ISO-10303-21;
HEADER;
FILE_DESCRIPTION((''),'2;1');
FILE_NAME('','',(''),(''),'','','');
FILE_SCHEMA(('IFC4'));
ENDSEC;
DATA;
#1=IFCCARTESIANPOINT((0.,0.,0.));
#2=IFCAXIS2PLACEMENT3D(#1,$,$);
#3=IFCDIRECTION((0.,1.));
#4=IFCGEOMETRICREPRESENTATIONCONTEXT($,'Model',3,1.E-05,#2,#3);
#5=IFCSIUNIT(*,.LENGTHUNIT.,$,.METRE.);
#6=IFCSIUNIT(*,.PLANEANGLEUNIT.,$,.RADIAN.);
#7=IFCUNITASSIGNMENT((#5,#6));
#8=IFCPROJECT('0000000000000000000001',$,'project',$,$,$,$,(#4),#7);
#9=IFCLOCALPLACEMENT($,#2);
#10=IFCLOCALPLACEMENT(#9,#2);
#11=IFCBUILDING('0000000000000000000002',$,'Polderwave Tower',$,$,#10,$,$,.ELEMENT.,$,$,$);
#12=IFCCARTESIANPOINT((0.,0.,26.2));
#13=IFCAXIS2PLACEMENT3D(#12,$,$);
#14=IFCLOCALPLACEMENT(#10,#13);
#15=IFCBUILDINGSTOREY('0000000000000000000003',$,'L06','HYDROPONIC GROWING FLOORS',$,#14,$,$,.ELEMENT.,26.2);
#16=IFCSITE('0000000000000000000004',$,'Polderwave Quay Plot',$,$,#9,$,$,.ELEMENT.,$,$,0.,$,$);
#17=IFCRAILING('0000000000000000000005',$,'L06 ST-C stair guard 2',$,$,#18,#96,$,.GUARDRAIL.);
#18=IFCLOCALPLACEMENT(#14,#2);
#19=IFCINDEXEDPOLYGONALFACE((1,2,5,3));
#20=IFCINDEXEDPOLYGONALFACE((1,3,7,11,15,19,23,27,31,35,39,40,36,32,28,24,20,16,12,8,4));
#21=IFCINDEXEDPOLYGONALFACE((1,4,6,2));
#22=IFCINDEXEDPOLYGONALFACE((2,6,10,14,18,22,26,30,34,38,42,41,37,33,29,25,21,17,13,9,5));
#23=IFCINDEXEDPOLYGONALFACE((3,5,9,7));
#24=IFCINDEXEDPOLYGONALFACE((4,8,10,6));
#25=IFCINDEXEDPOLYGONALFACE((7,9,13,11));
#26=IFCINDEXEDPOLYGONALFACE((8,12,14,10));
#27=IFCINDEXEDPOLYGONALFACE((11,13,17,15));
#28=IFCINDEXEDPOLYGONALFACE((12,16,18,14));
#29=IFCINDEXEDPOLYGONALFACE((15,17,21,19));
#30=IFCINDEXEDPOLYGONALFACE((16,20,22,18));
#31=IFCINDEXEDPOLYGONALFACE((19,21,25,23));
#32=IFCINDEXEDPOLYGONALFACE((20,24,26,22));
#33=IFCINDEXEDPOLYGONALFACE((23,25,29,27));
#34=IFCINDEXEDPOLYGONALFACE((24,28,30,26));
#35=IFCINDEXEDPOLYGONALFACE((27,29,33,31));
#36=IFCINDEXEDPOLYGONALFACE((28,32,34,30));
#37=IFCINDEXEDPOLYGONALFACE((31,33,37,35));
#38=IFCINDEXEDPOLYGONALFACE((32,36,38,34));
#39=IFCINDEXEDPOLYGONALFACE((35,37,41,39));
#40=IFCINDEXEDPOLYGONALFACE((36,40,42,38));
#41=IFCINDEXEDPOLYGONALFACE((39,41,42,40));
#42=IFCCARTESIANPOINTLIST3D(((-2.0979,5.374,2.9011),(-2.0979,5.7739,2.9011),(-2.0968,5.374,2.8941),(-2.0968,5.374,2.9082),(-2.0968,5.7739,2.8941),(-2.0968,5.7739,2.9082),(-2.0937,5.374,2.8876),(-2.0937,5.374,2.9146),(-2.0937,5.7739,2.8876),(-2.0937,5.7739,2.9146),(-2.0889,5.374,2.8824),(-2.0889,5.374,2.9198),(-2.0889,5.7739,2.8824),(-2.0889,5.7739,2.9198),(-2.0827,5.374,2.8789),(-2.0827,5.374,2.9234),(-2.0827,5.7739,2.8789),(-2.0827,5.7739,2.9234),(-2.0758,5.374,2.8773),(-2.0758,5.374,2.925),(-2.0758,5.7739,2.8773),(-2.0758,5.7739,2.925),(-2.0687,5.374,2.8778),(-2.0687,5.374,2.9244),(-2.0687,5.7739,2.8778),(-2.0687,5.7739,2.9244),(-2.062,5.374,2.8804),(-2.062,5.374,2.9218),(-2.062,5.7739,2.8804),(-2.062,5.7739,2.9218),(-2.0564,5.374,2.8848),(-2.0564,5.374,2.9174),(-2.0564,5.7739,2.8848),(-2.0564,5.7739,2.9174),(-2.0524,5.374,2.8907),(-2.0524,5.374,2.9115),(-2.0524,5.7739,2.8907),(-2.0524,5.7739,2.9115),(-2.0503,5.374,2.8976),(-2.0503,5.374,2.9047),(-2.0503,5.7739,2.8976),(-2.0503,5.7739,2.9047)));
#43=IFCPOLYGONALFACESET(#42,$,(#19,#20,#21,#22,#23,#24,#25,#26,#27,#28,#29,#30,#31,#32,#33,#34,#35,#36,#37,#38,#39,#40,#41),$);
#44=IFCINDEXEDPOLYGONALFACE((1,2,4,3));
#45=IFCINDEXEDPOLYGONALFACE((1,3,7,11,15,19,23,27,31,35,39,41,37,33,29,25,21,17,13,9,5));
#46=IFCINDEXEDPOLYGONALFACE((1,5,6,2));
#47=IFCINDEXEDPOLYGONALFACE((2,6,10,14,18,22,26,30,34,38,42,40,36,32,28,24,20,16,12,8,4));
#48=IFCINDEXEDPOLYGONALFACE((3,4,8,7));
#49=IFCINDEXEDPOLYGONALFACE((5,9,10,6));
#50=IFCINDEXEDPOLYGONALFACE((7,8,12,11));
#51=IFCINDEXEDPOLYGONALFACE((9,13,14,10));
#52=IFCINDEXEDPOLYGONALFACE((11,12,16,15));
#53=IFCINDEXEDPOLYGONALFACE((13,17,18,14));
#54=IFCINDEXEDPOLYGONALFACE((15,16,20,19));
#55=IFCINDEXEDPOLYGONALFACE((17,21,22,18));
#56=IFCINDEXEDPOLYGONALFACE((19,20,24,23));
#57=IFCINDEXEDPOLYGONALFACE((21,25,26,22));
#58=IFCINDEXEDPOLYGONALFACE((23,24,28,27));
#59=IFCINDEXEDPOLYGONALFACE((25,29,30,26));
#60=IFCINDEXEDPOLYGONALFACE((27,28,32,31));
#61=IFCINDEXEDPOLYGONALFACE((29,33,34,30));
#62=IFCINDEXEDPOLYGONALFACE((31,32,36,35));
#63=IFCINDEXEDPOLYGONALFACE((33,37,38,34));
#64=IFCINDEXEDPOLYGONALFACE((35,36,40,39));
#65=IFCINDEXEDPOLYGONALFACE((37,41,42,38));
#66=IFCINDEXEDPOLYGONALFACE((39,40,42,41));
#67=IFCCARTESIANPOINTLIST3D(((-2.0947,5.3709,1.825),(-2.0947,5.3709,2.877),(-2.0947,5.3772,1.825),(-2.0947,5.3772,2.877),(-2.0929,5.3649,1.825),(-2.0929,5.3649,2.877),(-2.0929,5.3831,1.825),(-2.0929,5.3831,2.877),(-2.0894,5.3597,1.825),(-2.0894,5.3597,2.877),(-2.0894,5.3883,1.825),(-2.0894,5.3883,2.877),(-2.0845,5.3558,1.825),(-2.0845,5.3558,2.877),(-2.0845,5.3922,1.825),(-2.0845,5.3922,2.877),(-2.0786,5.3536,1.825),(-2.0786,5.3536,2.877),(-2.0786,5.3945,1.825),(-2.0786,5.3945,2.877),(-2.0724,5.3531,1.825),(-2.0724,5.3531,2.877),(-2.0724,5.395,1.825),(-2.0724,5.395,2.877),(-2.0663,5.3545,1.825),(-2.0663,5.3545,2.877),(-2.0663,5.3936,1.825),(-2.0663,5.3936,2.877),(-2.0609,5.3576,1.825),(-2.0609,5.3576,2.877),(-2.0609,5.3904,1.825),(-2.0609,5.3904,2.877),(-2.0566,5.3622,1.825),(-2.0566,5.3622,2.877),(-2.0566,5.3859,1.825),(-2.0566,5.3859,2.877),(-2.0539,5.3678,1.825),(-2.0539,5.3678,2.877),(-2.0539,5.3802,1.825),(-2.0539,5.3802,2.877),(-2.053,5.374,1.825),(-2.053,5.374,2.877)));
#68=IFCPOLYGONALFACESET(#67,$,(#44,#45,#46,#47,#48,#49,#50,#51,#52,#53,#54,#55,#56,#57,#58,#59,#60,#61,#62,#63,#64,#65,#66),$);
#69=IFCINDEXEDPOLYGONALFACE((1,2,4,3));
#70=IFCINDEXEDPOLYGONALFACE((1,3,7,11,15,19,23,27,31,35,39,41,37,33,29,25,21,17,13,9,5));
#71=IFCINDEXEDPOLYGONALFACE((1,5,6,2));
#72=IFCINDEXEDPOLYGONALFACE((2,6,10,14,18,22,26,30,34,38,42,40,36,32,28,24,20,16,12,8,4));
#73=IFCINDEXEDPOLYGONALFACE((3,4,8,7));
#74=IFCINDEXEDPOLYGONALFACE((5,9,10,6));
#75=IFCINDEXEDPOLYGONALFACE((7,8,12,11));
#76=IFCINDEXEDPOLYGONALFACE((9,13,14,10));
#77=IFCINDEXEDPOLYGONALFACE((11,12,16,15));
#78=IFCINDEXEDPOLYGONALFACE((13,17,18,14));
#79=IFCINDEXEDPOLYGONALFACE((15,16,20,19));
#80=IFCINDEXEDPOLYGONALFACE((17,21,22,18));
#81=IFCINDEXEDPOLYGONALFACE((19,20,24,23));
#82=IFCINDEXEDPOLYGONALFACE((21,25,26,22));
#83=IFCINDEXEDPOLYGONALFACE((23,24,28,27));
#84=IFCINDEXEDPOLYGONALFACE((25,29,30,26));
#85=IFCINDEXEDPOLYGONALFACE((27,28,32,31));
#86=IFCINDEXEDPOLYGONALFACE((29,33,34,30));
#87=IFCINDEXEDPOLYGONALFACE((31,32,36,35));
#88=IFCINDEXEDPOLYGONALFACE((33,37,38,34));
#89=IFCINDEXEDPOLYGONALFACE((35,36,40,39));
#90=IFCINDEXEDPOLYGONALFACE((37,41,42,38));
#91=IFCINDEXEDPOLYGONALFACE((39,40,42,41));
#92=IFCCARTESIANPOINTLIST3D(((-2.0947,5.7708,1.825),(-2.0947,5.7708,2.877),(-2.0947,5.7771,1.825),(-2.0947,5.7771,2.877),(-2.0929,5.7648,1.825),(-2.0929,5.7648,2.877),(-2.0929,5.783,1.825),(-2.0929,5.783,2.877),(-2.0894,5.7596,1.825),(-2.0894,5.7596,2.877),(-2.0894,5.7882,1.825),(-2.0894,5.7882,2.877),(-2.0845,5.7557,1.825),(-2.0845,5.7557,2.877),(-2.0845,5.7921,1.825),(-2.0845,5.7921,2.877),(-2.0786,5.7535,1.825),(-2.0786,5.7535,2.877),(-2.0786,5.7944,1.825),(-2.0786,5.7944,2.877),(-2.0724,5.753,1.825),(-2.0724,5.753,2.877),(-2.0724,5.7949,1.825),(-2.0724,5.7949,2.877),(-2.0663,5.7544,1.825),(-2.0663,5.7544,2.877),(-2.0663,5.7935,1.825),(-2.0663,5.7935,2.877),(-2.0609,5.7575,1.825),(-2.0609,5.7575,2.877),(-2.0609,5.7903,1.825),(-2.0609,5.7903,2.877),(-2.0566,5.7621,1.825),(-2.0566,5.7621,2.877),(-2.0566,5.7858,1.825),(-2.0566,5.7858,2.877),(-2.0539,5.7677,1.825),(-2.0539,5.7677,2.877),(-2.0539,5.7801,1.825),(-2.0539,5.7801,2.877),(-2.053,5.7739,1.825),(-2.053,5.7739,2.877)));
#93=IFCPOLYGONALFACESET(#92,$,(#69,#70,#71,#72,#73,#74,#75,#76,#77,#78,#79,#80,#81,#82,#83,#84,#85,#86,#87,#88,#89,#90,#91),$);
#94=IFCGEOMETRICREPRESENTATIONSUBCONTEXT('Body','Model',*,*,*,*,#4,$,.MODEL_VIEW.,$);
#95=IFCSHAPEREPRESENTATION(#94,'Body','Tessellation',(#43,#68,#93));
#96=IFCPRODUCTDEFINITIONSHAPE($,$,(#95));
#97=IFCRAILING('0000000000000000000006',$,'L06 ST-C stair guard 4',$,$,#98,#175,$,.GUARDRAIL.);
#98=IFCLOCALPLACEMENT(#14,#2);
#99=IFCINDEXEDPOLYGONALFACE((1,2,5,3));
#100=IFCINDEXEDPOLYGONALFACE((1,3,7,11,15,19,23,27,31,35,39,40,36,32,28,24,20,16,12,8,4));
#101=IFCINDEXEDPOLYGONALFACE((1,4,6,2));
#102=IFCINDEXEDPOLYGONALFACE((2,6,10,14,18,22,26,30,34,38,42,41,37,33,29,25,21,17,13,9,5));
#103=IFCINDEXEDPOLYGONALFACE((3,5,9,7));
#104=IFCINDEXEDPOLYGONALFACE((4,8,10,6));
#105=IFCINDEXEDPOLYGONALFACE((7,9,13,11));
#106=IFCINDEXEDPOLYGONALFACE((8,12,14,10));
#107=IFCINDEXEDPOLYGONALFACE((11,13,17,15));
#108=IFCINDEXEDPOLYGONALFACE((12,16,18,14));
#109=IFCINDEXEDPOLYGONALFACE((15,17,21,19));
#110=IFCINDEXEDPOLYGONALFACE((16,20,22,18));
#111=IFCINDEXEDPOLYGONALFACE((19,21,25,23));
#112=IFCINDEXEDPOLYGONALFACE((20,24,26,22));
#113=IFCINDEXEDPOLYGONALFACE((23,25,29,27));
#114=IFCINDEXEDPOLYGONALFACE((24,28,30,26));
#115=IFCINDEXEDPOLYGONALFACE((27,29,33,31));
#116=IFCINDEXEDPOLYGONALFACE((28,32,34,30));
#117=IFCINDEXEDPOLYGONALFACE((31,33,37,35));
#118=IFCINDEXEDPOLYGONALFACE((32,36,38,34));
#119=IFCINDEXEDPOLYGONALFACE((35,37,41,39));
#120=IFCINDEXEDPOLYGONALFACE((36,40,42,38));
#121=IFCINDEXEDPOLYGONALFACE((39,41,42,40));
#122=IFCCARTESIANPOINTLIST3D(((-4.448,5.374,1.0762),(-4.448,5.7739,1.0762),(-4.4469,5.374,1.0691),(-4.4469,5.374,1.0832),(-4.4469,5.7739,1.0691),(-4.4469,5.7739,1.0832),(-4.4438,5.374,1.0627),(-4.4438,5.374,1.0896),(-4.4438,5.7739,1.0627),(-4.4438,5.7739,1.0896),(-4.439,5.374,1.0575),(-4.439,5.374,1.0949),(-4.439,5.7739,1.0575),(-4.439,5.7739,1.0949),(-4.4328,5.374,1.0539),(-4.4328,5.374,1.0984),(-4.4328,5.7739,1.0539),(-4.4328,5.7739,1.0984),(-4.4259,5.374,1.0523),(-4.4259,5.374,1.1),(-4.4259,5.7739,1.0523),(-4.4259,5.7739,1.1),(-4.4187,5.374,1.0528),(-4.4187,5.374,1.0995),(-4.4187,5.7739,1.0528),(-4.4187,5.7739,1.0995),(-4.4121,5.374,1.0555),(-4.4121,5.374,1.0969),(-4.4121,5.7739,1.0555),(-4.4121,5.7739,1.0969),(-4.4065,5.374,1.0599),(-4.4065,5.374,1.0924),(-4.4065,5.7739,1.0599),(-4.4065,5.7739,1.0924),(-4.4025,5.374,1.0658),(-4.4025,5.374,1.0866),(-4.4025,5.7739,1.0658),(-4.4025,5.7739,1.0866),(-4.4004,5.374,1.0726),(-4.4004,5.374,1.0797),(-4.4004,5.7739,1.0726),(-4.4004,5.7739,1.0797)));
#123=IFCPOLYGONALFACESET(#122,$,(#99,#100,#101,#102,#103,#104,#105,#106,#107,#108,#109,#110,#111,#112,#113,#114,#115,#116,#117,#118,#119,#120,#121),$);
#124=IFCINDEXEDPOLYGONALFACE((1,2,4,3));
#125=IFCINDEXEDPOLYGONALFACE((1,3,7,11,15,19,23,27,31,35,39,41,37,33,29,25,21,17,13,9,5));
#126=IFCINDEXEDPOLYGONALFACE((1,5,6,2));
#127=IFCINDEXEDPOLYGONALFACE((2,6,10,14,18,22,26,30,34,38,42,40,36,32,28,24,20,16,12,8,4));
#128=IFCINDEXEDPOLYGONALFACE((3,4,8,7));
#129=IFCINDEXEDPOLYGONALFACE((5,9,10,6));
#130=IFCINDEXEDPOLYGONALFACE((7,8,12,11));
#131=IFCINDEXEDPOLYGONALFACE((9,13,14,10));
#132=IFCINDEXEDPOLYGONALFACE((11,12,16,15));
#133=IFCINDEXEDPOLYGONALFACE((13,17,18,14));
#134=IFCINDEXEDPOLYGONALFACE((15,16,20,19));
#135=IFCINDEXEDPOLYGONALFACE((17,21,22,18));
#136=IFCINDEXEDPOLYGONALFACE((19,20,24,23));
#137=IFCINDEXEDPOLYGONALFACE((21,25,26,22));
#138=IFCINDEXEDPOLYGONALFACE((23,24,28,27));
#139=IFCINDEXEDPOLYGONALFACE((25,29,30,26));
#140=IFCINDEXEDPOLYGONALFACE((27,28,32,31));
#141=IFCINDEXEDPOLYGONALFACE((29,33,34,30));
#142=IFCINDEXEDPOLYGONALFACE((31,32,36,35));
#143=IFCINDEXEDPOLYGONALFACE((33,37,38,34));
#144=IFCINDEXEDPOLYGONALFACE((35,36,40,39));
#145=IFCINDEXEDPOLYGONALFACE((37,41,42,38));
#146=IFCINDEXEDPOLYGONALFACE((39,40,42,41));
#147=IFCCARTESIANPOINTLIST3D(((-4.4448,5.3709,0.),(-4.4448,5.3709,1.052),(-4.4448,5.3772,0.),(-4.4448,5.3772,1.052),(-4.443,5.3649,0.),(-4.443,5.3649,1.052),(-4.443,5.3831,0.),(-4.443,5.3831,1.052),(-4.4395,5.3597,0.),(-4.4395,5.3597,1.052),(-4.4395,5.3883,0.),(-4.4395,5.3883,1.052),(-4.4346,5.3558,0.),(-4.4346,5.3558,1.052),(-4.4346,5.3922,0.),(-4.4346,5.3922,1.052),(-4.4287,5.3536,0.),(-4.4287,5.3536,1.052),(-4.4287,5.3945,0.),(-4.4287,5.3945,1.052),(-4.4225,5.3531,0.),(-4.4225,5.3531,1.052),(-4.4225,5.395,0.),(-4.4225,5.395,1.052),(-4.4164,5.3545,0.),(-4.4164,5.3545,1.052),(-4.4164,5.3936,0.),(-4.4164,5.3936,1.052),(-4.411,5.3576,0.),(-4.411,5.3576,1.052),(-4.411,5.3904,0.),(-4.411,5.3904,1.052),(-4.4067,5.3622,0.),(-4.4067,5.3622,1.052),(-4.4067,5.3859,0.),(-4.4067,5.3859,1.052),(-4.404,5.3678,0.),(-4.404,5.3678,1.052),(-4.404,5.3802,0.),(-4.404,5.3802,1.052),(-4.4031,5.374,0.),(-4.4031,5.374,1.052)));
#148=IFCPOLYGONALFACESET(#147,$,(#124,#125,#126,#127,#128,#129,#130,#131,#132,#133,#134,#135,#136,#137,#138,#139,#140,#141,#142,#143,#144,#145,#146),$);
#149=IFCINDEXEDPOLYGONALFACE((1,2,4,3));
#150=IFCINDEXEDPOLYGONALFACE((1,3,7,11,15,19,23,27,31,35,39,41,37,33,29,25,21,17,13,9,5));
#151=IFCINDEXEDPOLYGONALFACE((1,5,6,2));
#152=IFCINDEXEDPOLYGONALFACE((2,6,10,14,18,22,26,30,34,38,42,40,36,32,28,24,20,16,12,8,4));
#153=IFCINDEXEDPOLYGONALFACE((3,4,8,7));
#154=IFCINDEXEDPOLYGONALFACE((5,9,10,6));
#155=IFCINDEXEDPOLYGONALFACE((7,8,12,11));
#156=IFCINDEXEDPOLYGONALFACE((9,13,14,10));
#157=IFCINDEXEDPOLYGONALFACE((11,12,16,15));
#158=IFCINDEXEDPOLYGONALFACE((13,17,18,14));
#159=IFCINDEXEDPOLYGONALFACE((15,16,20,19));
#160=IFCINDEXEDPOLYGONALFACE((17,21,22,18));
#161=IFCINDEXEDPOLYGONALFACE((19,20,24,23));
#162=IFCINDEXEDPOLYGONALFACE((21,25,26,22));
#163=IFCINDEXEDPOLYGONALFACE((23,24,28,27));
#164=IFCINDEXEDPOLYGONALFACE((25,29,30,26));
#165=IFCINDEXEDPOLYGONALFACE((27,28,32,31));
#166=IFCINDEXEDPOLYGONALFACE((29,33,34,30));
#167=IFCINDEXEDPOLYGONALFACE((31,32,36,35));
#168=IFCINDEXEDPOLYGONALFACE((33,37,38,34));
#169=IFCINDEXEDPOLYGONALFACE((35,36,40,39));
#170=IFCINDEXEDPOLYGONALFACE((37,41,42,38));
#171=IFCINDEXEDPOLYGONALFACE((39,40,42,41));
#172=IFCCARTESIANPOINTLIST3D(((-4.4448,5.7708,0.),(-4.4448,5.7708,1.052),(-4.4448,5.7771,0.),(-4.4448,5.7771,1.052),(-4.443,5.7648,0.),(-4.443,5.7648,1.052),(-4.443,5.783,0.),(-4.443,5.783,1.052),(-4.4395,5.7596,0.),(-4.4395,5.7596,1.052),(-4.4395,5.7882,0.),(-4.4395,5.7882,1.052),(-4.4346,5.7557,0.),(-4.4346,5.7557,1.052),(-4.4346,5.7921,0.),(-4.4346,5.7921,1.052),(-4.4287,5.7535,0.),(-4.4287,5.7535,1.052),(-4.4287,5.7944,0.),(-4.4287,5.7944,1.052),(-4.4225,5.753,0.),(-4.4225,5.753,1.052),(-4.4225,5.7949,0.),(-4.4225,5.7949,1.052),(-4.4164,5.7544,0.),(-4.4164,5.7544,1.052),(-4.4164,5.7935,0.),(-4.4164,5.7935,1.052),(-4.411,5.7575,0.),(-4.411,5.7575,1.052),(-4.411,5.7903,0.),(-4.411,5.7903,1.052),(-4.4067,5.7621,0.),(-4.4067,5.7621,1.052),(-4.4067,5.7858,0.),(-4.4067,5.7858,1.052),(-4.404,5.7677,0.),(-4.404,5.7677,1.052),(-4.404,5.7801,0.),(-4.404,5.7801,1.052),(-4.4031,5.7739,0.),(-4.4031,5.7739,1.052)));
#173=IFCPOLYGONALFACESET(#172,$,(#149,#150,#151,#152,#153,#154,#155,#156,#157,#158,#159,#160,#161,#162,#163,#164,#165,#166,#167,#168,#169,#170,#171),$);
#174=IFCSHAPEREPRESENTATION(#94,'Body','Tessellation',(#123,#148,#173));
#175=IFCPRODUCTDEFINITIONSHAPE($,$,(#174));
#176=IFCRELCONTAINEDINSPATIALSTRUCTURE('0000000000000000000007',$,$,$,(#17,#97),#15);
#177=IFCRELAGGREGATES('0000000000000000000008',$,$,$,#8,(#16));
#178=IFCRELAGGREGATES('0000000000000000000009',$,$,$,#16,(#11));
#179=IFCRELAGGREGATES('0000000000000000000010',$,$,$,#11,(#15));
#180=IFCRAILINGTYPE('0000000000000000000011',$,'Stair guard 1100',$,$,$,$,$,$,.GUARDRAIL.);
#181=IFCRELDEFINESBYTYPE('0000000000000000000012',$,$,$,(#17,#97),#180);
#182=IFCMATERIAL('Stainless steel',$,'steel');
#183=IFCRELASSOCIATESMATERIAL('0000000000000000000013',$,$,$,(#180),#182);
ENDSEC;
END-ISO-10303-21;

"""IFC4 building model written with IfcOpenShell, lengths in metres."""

from ifc_helpers import new_model, si_unit, direction, frame, origin, origin_2d, place, context, subcontext, project, spatial, circle, extrude, material, type_object, element, save


model = new_model("IFC4")

# Units and contexts
model_context = context("Model", 3, precision=1e-05, world=origin(), true_north=direction((0.0, 1.0)))
body_context = subcontext(model_context, "Body", "Model", "MODEL_VIEW")
ifc_project = project(units=[si_unit("LENGTHUNIT", "METRE"), si_unit("PLANEANGLEUNIT", "RADIAN")], contexts=[model_context])

# Site, building, storey
site_placement = place(None, origin())
site = spatial("IfcSite", under=ifc_project, at=site_placement, Name="Polderwave Quay Plot", CompositionType="ELEMENT", RefElevation=0.0)
building_placement = place(site_placement, origin())
building = spatial("IfcBuilding", under=site, at=building_placement, Name="Polderwave Tower", CompositionType="ELEMENT")
storey_placement = place(building_placement, frame((0.0, 0.0, 26.2)))
storey = spatial("IfcBuildingStorey", under=building, at=storey_placement, Name="L06", Description="HYDROPONIC GROWING FLOORS", CompositionType="ELEMENT", Elevation=26.2)

# Railings
ifc_material_1 = material(Name="Stainless steel", Category="steel")
railing_type_1 = type_object("IfcRailingType", Name="Stair guard 1100", PredefinedType="GUARDRAIL", material=ifc_material_1)
for number, where, name in (
    (1, (-2.074, 5.374, 1.825), "L06 ST-C stair guard 2"),
    (2, (-4.4241, 5.374, 0.0), "L06 ST-C stair guard 4"),
):
    element("IfcRailing", number, at=place(storey_placement, frame(where)), inside=storey, type_object=railing_type_1, Name=name, PredefinedType="GUARDRAIL", context=body_context, shape_type="SweptSolid", body=[
        extrude(circle(Radius=0.0239, at=origin_2d()), frame((0.0, 0.0, 1.0762), z_axis=(0.0, 1.0, 0.0), x_axis=(-1.0, 0.0, 0.0)), (0.0, 0.0, 1.0), 0.3999),
        extrude(circle(Radius=0.021, at=origin_2d()), origin(), (0.0, 0.0, 1.0), 1.052),
        extrude(circle(Radius=0.021, at=origin_2d()), frame((0.0, 0.3999, 0.0)), (0.0, 0.0, 1.0), 1.052),
    ])

save(model, "model.ifc")
